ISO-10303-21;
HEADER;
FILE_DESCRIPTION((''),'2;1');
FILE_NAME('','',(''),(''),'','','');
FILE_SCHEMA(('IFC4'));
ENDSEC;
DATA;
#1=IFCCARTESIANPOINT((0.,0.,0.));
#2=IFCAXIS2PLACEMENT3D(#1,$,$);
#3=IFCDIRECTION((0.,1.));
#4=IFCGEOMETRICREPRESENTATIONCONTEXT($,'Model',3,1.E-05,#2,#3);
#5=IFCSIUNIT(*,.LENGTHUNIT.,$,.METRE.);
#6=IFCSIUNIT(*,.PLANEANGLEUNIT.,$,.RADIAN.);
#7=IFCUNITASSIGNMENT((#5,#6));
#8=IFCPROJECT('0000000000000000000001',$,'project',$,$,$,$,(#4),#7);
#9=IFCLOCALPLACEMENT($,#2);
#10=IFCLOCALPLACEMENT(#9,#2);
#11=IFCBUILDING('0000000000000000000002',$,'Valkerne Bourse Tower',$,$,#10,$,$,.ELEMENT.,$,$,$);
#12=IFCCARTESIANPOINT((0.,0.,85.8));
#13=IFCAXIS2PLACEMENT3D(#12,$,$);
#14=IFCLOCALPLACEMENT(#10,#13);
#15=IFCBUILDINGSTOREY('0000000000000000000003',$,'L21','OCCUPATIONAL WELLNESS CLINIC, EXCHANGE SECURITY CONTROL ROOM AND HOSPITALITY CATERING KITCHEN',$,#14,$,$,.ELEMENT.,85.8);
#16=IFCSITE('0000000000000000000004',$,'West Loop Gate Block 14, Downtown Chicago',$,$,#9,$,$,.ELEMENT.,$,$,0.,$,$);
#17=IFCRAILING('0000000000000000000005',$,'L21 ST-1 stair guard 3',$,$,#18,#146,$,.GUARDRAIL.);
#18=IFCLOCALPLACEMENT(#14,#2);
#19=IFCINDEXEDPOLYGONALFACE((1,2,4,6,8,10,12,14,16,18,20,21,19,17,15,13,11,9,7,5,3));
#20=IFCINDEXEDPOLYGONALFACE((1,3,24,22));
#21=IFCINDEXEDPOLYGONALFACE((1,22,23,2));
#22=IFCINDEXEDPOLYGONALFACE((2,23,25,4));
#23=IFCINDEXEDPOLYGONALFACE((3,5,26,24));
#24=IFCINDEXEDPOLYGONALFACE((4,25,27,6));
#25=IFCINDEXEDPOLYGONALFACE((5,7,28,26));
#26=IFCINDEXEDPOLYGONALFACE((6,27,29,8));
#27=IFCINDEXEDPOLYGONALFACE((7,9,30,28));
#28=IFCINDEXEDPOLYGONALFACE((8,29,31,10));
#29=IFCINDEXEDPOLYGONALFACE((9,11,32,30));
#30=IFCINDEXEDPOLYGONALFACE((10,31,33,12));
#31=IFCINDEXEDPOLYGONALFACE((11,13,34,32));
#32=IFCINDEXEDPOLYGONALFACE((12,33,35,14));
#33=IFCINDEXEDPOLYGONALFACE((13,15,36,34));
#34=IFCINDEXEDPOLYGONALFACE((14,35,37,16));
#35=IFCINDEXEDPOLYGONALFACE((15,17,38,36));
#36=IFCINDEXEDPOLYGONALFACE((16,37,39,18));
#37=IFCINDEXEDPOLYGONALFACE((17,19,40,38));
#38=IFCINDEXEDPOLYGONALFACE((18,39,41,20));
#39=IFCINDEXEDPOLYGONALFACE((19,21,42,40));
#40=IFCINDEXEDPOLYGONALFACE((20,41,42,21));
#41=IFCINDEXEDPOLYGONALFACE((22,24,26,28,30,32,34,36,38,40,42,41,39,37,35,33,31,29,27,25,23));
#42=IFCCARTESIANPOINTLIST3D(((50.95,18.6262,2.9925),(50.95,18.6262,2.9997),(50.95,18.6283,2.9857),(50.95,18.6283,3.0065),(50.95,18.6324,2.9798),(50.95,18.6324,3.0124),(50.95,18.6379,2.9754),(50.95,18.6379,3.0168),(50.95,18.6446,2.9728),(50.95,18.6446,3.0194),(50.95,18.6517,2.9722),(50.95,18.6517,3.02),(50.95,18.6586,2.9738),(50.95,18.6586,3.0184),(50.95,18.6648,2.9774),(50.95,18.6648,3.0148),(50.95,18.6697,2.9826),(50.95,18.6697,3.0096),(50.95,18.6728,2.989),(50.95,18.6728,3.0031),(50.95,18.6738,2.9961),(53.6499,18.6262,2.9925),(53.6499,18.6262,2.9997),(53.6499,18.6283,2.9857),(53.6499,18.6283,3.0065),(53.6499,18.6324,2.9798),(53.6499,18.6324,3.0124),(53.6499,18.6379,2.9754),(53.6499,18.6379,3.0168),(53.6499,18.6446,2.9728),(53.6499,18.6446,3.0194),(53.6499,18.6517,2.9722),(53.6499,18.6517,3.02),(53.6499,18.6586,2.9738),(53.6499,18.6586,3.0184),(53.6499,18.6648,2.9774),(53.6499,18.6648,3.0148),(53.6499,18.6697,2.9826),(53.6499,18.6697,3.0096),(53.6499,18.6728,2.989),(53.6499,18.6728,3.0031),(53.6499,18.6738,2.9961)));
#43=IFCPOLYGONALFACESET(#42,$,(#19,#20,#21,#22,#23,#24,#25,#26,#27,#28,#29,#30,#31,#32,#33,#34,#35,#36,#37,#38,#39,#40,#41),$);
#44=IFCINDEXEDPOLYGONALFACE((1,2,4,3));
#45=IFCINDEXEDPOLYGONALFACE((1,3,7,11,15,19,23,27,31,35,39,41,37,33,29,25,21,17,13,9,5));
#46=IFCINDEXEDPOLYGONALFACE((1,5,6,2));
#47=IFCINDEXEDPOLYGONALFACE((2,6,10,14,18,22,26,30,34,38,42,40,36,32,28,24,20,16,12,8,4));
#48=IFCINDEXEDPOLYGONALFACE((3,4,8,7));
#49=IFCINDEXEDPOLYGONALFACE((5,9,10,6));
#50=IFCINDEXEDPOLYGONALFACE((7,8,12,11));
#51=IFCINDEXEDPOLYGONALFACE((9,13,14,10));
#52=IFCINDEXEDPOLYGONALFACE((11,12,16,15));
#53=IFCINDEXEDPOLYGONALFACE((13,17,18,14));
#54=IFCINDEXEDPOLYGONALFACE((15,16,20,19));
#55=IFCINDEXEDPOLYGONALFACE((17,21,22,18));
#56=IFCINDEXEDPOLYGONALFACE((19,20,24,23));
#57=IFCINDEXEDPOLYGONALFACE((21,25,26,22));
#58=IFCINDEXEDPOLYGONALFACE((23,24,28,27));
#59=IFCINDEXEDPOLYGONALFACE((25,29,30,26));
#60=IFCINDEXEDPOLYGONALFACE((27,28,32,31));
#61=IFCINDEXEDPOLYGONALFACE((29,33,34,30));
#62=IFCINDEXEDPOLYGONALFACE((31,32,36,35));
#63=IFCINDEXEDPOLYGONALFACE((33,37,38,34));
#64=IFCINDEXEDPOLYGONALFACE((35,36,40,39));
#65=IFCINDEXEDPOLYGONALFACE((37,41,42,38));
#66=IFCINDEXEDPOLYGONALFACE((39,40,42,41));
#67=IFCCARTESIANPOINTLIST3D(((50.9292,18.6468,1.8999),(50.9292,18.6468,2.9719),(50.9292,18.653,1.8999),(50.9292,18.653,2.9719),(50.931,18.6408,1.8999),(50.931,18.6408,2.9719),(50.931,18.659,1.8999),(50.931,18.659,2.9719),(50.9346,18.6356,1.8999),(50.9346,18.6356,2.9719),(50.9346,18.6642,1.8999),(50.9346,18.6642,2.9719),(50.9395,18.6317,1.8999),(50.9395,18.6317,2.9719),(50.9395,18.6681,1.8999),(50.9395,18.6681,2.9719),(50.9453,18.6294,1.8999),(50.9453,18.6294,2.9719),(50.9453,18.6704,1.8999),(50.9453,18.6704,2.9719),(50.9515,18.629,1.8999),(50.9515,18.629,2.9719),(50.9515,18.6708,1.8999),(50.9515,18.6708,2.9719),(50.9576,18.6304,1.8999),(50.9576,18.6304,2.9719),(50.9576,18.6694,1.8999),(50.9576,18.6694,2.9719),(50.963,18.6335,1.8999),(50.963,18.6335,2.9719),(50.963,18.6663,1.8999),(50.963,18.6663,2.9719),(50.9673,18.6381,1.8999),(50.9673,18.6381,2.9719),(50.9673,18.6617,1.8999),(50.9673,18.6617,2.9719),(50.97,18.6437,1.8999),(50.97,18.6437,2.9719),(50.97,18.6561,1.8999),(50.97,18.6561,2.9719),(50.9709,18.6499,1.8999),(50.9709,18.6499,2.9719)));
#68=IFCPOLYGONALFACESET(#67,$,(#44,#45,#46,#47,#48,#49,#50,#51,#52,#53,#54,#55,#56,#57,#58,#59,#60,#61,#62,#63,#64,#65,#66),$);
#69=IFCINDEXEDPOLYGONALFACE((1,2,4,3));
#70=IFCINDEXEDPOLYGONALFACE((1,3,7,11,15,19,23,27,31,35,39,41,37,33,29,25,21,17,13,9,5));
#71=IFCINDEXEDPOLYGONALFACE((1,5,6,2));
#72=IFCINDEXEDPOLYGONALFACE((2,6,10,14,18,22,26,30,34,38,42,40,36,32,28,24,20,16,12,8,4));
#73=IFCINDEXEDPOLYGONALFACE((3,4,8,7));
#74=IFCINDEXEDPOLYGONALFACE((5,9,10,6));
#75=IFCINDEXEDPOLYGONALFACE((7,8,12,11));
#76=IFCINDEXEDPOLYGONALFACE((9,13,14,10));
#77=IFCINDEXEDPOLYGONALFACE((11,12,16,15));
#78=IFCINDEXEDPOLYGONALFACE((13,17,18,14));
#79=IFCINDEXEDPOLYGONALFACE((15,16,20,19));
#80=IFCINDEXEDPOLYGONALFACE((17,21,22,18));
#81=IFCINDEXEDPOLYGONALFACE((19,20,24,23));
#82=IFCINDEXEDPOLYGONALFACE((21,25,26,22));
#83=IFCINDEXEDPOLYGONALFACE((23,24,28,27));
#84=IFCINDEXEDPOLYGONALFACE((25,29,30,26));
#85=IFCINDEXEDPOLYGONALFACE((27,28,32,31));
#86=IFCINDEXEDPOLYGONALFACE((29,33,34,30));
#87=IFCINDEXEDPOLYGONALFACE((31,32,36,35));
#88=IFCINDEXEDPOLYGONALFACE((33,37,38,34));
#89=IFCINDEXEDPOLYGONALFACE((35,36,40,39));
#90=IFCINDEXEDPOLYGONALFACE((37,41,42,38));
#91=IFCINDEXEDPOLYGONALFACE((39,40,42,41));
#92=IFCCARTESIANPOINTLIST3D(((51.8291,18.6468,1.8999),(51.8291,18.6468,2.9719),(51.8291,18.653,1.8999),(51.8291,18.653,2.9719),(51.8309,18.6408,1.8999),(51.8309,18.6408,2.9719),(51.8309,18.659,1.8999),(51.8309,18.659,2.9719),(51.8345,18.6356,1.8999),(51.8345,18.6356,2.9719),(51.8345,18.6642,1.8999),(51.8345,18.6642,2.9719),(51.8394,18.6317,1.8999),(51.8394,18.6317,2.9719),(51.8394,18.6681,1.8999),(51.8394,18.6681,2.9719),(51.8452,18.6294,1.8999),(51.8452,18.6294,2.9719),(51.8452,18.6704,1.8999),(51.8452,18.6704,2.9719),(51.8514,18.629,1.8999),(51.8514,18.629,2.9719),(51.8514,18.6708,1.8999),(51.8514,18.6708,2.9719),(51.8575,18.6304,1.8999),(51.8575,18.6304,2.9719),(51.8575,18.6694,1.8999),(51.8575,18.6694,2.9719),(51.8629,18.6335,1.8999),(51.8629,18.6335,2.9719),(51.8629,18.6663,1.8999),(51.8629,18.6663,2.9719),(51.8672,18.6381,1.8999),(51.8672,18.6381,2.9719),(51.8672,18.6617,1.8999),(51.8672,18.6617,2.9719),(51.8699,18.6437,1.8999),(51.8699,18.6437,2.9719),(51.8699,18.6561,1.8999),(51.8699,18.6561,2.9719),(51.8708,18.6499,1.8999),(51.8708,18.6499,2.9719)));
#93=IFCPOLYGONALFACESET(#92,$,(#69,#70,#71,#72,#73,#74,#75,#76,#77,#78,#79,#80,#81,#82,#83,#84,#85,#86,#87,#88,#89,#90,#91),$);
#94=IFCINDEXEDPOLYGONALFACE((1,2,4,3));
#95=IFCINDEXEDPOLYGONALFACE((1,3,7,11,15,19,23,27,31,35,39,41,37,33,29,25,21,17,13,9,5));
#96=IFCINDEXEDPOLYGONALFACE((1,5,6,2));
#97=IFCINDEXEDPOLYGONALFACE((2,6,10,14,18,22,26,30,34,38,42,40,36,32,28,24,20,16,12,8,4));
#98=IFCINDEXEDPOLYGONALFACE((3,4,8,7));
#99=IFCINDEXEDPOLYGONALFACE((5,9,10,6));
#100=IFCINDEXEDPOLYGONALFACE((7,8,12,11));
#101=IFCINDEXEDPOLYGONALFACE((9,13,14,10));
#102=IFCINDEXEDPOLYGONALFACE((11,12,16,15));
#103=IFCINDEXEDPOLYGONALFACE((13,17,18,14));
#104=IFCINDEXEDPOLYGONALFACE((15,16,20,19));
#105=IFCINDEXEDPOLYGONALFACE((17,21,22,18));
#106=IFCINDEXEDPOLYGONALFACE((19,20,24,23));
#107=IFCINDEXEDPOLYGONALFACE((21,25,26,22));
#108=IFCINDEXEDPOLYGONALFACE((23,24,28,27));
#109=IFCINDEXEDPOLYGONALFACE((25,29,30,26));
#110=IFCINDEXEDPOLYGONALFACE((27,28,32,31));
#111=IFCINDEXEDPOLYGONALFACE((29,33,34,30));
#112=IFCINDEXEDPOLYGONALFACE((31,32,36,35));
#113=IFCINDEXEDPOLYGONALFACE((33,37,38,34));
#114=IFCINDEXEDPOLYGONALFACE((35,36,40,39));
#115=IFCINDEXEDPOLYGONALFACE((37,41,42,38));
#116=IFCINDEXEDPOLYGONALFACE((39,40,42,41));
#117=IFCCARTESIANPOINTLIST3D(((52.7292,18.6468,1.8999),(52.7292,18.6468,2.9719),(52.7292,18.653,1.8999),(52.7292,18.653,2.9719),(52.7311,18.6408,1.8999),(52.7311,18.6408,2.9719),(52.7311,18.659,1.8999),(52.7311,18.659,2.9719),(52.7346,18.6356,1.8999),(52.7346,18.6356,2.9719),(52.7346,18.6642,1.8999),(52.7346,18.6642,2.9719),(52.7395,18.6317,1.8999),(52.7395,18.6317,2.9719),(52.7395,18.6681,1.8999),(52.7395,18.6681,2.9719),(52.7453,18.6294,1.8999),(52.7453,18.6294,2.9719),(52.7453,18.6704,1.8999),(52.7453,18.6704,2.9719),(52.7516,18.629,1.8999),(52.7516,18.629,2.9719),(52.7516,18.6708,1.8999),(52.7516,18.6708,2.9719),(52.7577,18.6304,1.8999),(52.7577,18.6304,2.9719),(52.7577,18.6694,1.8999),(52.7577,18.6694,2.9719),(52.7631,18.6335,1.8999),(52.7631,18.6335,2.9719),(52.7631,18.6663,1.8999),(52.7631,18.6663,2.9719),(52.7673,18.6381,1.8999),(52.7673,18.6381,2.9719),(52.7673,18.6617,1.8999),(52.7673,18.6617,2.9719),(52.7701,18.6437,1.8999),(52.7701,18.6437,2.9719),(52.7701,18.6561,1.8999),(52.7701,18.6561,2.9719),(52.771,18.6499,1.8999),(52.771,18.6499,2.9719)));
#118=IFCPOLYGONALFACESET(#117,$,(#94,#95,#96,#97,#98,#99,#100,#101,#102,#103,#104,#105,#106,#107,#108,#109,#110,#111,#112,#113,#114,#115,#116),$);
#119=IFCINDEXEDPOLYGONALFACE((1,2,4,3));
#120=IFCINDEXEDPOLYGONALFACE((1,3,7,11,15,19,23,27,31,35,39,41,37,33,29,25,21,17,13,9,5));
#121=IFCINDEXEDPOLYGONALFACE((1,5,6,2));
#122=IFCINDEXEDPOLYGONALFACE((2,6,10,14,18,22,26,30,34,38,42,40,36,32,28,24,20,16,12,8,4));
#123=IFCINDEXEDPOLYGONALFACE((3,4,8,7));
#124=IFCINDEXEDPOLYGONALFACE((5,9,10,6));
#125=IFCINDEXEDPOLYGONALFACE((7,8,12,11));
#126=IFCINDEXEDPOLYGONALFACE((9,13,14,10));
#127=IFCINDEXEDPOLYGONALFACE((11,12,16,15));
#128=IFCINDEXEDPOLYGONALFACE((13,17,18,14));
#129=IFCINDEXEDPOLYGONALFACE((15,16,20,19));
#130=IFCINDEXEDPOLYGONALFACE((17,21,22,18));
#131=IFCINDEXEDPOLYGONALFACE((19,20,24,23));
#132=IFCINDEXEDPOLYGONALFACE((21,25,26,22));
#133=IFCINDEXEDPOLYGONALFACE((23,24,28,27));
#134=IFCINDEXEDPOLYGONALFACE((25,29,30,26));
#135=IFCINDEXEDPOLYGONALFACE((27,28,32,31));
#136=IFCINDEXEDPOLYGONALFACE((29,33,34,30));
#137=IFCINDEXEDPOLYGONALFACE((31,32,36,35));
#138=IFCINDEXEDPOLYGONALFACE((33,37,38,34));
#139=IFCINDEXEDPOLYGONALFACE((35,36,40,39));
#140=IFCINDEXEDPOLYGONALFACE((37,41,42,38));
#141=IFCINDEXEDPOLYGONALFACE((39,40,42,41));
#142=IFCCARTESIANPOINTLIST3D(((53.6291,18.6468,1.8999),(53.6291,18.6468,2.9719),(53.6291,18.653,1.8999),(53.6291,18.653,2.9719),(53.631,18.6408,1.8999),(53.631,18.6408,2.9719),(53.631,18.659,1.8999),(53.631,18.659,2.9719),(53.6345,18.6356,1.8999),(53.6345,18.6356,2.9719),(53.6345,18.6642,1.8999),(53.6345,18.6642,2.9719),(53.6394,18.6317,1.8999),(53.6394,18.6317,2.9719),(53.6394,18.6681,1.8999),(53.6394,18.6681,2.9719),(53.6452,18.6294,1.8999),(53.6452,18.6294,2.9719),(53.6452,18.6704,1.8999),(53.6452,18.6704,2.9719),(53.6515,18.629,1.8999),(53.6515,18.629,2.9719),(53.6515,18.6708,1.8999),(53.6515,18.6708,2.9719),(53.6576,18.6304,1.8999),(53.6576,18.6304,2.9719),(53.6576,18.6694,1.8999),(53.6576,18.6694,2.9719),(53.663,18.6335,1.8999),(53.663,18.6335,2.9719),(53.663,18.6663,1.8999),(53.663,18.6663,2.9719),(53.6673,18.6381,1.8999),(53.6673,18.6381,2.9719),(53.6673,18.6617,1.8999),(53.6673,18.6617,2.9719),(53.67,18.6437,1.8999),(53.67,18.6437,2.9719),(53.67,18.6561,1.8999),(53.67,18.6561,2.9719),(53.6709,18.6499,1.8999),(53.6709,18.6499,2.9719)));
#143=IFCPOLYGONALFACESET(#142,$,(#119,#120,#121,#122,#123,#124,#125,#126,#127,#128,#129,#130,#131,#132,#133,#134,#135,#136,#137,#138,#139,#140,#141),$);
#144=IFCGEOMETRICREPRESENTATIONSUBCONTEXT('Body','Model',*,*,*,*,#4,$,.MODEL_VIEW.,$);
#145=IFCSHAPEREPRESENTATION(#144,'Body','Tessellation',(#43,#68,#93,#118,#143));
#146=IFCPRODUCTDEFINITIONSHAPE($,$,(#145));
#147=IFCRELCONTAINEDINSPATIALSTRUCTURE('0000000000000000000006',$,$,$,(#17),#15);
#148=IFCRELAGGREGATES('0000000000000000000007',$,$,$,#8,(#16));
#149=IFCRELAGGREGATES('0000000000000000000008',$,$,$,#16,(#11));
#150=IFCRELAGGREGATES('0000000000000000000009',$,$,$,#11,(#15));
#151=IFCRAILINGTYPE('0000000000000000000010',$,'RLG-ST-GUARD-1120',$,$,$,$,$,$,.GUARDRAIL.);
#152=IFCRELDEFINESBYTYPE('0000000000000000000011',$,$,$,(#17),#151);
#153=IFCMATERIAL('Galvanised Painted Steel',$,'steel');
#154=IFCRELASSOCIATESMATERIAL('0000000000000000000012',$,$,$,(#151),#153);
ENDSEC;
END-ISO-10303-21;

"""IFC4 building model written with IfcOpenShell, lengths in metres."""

from ifc_helpers import new_model, si_unit, direction, frame, origin, origin_2d, place, context, subcontext, project, spatial, circle, extrude, material, type_object, element, save


model = new_model("IFC4")

# Units and contexts
model_context = context("Model", 3, precision=1e-05, world=origin(), true_north=direction((0.0, 1.0)))
body_context = subcontext(model_context, "Body", "Model", "MODEL_VIEW")
ifc_project = project(units=[si_unit("LENGTHUNIT", "METRE"), si_unit("PLANEANGLEUNIT", "RADIAN")], contexts=[model_context])

# Site, building, storey
site_placement = place(None, origin())
site = spatial("IfcSite", under=ifc_project, at=site_placement, Name="West Loop Gate Block 14, Downtown Chicago", CompositionType="ELEMENT", RefElevation=0.0)
building_placement = place(site_placement, origin())
building = spatial("IfcBuilding", under=site, at=building_placement, Name="Valkerne Bourse Tower", CompositionType="ELEMENT")
storey_placement = place(building_placement, frame((0.0, 0.0, 85.8)))
storey = spatial("IfcBuildingStorey", under=building, at=storey_placement, Name="L21", Description="OCCUPATIONAL WELLNESS CLINIC, EXCHANGE SECURITY CONTROL ROOM AND HOSPITALITY CATERING KITCHEN", CompositionType="ELEMENT", Elevation=85.8)

# Shared definitions
ifc_material_1 = material(Name="Galvanised Painted Steel", Category="steel")

# Railing
railing_type_1 = type_object("IfcRailingType", Name="RLG-ST-GUARD-1120", PredefinedType="GUARDRAIL", material=ifc_material_1)
railing_1_placement = place(storey_placement, frame((50.95, 18.6499, 1.8999)))
element("IfcRailing", 1, at=railing_1_placement, inside=storey, type_object=railing_type_1, Name="L21 ST-1 stair guard 3", PredefinedType="GUARDRAIL", context=body_context, shape_type="SweptSolid", body=[
    extrude(circle(Radius=0.0239, at=origin_2d()), frame((0.0, 0.0, 1.0962), z_axis=(1.0, 0.0, 0.0), x_axis=(0.0, 1.0, 0.0)), (0.0, 0.0, 1.0), 2.7),
    extrude(circle(Radius=0.021, at=origin_2d()), origin(), (0.0, 0.0, 1.0), 1.072),
    extrude(circle(Radius=0.021, at=origin_2d()), frame((0.8999, 0.0, 0.0)), (0.0, 0.0, 1.0), 1.072),
    extrude(circle(Radius=0.021, at=origin_2d()), frame((1.8, 0.0, 0.0)), (0.0, 0.0, 1.0), 1.072),
    extrude(circle(Radius=0.021, at=origin_2d()), frame((2.7, 0.0, 0.0)), (0.0, 0.0, 1.0), 1.072),
])

save(model, "model.ifc")
